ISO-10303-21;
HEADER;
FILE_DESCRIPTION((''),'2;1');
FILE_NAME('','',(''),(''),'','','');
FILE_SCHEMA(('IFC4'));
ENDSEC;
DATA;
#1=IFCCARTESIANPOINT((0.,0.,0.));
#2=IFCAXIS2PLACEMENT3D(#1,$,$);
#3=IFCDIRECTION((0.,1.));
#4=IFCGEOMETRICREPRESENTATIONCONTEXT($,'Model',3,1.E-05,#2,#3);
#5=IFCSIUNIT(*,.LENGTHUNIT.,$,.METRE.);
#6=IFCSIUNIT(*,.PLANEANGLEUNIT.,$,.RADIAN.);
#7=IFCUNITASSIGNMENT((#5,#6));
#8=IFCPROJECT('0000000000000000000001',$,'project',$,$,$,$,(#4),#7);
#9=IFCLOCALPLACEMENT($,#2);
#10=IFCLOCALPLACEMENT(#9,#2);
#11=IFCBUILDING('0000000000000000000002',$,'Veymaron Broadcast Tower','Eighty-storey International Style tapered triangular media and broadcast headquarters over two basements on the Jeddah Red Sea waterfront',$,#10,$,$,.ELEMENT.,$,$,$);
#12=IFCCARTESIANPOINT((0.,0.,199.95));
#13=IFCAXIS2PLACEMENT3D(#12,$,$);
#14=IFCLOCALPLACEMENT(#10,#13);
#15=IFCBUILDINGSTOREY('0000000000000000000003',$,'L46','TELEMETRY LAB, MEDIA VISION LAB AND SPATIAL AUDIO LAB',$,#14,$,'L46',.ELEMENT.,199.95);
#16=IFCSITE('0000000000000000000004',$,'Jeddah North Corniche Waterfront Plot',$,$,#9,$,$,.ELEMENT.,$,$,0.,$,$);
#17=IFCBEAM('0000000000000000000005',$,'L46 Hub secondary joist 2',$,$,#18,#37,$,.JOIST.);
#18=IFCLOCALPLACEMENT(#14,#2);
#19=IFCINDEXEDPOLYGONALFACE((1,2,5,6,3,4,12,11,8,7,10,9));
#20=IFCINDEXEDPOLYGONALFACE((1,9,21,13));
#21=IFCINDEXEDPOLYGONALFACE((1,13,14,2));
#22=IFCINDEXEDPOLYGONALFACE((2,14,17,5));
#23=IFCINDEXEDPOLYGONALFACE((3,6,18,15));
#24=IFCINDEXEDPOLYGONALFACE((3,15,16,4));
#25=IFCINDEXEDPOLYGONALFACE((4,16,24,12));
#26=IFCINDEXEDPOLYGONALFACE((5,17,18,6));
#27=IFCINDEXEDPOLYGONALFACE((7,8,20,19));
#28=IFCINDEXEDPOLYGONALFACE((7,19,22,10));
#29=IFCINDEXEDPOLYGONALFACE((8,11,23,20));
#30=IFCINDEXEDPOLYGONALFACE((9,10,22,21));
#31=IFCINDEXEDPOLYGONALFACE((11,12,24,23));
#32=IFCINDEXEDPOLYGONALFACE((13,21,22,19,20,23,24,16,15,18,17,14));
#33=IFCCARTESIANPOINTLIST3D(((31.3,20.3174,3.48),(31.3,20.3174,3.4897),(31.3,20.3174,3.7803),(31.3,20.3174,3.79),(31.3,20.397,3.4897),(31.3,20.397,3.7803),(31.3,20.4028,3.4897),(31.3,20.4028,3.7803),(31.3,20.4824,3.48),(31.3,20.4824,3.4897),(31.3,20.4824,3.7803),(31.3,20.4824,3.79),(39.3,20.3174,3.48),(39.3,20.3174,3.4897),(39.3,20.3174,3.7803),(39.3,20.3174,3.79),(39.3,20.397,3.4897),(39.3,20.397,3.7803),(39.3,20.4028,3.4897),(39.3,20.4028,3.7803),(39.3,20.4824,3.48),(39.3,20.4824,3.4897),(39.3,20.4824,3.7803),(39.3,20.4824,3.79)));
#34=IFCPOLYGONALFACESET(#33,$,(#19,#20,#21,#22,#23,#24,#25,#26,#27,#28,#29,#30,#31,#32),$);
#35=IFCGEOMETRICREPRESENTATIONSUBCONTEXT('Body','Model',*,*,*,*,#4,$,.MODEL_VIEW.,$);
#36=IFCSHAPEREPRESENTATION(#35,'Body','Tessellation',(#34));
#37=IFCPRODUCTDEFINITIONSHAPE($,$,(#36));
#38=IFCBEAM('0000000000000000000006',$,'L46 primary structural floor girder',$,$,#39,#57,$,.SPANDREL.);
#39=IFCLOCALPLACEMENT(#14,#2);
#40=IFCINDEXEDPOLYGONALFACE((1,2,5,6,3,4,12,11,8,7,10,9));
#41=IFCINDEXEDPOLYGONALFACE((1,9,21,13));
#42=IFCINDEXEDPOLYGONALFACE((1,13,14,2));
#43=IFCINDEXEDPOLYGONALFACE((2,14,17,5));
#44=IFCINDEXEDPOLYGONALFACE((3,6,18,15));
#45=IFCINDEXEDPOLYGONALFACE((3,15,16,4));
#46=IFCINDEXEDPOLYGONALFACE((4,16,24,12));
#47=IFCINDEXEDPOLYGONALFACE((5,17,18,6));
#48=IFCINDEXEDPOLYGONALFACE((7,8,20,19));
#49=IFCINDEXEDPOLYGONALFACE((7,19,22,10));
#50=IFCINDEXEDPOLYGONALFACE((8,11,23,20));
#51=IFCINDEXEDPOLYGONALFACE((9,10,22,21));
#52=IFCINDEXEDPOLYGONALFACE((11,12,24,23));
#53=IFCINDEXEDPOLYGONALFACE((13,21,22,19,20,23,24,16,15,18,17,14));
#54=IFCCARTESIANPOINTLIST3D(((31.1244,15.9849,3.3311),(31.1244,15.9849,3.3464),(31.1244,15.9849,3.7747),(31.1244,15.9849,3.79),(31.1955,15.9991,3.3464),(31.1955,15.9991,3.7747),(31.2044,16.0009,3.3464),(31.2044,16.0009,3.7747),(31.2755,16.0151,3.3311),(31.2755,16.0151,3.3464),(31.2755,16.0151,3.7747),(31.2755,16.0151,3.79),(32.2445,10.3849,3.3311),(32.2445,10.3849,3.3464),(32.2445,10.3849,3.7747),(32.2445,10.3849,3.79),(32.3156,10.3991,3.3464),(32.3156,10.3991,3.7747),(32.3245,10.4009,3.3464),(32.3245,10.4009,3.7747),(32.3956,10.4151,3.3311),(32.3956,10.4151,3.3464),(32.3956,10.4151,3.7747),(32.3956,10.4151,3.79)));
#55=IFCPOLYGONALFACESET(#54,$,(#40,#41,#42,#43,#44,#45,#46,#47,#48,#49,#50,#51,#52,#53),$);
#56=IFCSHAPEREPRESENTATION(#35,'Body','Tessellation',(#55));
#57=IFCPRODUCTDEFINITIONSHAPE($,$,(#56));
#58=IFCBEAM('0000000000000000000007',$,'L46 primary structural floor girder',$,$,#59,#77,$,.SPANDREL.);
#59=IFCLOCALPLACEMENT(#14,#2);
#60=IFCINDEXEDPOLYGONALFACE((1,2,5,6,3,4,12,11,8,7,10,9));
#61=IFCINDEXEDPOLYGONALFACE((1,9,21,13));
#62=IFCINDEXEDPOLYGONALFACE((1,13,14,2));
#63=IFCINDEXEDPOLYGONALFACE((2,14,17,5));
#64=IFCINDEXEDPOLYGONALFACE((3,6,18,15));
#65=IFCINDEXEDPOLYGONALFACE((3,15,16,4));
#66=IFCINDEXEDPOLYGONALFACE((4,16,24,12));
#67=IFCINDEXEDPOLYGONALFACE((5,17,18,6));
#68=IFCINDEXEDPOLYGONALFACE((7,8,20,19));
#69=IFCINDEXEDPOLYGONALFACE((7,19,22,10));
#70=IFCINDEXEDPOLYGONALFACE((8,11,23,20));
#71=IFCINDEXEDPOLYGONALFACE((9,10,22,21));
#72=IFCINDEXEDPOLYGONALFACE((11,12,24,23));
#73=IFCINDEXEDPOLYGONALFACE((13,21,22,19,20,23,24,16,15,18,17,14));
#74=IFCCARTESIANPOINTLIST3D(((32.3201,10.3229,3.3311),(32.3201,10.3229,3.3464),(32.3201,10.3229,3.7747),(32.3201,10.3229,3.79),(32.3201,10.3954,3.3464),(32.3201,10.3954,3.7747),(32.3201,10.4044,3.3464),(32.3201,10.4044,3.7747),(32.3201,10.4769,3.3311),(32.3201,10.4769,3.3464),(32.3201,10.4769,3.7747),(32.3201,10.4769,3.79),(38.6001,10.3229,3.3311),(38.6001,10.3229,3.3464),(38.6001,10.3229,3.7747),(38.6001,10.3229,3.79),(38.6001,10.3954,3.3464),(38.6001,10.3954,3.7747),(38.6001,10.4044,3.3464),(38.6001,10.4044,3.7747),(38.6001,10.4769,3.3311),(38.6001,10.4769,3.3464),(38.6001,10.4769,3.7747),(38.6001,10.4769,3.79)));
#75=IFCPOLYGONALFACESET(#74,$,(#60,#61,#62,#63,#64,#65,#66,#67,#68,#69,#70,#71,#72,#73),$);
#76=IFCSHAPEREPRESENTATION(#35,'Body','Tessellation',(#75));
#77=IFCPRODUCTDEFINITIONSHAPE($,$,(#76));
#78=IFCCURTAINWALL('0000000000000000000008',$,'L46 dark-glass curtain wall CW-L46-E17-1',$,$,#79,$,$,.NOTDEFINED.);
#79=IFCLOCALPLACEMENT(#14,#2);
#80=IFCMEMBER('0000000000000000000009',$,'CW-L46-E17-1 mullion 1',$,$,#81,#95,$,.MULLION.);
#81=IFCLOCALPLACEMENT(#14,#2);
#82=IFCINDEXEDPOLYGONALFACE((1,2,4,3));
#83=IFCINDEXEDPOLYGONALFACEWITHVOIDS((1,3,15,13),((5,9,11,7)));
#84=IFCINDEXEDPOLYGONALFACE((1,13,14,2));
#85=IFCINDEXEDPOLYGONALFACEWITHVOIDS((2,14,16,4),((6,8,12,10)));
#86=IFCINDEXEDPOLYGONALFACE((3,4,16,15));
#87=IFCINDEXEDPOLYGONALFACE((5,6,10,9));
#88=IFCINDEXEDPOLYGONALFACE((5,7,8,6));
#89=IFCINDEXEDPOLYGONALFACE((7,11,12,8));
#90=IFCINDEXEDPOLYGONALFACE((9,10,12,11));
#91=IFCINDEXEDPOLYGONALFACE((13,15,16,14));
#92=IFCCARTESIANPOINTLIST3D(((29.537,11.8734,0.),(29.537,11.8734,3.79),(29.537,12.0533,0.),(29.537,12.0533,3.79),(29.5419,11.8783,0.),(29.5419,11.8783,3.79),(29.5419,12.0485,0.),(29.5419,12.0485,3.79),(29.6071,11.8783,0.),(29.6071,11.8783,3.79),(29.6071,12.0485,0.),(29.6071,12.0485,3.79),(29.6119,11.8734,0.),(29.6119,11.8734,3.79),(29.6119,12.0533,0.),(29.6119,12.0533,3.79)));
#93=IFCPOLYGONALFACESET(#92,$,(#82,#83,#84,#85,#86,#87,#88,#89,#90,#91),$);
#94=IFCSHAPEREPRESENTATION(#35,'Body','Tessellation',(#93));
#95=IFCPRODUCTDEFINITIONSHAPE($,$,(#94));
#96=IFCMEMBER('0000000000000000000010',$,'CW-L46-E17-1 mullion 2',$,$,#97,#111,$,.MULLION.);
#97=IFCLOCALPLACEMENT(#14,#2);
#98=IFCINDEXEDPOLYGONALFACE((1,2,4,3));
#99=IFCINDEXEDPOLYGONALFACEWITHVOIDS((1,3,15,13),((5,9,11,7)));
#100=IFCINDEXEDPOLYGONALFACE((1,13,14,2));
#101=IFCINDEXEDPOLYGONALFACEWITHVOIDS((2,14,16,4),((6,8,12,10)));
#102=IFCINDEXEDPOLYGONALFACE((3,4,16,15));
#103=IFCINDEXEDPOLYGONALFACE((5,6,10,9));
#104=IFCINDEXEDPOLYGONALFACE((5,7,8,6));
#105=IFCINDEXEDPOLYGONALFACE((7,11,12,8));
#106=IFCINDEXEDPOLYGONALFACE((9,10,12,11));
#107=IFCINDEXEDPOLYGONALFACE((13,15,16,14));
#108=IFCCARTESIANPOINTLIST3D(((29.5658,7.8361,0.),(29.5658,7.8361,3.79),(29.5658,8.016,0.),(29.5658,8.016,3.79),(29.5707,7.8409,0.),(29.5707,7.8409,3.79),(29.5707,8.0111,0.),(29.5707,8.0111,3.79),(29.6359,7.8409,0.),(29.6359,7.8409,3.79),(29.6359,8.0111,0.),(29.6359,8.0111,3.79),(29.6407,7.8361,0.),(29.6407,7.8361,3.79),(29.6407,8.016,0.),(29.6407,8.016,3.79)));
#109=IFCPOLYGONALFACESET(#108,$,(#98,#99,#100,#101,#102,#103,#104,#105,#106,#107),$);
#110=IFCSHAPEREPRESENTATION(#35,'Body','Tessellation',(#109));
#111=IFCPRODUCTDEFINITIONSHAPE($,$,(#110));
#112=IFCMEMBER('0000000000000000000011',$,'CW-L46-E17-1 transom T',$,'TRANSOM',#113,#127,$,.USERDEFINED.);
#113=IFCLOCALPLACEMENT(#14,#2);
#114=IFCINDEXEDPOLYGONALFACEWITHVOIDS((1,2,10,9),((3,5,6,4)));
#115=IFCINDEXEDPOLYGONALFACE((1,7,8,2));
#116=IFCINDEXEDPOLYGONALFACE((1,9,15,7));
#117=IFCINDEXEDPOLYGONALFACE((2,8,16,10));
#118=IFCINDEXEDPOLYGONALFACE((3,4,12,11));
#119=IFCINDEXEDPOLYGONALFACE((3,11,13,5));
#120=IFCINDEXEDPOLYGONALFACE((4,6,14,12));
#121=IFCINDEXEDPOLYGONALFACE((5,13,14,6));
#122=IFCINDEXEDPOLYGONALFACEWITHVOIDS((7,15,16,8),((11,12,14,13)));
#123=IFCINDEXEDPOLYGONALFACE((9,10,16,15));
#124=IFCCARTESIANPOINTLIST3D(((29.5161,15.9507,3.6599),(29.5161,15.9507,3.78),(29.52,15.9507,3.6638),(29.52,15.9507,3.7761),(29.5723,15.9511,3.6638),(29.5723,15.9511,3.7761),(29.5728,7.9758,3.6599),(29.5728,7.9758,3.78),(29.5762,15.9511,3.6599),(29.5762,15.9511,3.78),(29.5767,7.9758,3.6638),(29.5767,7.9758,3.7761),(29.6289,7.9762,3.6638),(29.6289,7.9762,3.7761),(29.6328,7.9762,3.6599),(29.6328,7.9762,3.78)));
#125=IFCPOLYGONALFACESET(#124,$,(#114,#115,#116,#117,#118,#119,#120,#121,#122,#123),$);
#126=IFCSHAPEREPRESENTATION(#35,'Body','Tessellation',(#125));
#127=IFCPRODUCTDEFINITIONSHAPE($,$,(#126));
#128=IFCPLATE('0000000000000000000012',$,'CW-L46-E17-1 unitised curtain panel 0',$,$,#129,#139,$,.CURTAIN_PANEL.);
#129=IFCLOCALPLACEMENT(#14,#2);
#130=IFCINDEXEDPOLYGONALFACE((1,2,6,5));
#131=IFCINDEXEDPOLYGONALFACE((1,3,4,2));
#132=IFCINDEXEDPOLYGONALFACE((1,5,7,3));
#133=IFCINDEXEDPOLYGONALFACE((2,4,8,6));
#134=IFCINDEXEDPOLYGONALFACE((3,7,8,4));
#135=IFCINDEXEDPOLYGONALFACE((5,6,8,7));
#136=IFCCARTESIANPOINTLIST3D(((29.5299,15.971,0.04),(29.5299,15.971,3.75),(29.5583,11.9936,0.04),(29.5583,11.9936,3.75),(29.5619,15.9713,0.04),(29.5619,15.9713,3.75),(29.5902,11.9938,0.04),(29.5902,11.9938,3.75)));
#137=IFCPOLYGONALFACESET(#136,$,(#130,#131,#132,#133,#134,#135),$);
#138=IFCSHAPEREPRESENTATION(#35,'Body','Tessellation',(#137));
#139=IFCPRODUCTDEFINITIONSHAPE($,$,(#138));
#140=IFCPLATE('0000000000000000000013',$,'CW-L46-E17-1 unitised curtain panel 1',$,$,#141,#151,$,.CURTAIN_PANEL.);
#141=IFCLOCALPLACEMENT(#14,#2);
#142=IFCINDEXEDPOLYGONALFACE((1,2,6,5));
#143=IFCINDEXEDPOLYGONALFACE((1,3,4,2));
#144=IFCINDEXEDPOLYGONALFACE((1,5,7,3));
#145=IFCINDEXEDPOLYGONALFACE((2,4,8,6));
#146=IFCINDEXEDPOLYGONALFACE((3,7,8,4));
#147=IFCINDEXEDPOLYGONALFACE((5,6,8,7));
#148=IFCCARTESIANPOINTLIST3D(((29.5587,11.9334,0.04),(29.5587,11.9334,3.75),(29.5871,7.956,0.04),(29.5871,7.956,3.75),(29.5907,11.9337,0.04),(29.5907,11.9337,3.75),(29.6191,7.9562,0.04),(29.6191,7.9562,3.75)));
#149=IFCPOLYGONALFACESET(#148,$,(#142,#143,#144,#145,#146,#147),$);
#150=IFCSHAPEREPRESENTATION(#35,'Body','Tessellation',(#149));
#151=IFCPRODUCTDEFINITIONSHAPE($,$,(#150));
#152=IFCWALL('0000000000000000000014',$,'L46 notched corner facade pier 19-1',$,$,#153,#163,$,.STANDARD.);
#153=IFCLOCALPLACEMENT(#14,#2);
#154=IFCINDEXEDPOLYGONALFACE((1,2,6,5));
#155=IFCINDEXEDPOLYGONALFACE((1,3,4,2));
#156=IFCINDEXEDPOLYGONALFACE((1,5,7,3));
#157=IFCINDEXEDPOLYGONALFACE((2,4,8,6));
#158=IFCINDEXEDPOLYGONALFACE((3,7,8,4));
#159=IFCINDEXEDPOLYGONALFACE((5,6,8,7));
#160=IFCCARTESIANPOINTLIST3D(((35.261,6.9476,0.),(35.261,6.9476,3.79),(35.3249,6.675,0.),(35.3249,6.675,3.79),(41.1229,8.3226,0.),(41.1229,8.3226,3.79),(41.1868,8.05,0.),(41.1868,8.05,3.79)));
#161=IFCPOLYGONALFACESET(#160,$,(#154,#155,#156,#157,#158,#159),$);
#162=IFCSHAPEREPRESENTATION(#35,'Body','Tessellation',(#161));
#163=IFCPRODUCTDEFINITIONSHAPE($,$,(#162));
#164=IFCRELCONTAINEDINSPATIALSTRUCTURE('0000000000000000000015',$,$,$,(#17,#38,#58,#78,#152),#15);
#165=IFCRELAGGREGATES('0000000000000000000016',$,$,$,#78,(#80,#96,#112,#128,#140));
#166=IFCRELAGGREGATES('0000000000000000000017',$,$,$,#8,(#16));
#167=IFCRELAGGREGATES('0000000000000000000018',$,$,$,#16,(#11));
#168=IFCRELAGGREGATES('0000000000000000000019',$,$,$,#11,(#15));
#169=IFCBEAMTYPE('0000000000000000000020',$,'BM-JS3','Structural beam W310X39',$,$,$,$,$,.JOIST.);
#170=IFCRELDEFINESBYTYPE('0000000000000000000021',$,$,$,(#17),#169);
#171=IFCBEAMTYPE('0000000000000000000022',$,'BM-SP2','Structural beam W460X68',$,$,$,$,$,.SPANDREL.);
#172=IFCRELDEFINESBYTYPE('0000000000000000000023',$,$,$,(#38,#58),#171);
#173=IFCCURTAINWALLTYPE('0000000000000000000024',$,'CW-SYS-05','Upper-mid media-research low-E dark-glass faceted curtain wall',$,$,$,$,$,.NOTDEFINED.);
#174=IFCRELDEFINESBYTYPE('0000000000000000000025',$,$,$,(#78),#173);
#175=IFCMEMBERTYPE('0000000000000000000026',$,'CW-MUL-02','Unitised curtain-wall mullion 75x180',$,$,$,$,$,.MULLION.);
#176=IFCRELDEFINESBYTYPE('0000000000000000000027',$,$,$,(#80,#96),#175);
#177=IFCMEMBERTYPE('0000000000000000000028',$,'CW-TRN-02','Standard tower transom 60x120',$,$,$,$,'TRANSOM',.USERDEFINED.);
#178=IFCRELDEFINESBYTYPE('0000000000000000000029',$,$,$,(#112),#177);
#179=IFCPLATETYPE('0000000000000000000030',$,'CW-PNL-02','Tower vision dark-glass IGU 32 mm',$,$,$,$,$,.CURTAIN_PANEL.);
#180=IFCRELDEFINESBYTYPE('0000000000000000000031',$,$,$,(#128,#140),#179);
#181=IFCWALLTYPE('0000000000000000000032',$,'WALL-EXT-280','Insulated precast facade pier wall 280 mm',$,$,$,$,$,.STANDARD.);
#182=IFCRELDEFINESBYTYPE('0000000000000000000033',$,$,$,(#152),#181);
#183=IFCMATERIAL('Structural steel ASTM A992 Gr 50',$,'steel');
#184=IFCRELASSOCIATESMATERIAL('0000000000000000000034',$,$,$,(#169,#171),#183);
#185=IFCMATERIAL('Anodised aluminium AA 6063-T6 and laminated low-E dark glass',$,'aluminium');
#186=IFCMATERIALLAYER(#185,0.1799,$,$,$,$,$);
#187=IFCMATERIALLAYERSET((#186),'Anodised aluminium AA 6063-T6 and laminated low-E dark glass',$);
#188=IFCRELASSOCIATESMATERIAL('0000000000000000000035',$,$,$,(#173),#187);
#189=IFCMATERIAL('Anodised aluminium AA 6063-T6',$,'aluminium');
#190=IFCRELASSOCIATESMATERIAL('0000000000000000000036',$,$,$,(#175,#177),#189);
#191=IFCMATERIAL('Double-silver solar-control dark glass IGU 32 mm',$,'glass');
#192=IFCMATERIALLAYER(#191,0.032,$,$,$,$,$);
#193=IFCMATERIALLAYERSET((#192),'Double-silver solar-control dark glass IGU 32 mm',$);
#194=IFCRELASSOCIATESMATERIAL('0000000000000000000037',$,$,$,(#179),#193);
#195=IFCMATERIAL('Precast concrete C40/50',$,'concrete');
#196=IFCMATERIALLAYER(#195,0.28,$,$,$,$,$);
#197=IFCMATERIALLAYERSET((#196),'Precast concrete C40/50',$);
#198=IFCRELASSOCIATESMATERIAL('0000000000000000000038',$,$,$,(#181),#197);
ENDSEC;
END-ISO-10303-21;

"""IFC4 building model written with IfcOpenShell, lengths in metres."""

from ifc_helpers import new_model, si_unit, direction, frame, frame_2d, origin, origin_2d, place, context, subcontext, project, spatial, rectangle, hollow_rectangle, i_section, extrude, material, layer, layer_set, material_profile, profile_set, type_object, element, aggregate, save


model = new_model("IFC4")

# Units and contexts
model_context = context("Model", 3, precision=1e-05, world=origin(), true_north=direction((0.0, 1.0)))
body_context = subcontext(model_context, "Body", "Model", "MODEL_VIEW")
ifc_project = project(units=[si_unit("LENGTHUNIT", "METRE"), si_unit("PLANEANGLEUNIT", "RADIAN")], contexts=[model_context])

# Site, building, storey
site_placement = place(None, origin())
site = spatial("IfcSite", under=ifc_project, at=site_placement, Name="Jeddah North Corniche Waterfront Plot", CompositionType="ELEMENT", RefElevation=0.0)
building_placement = place(site_placement, origin())
building = spatial("IfcBuilding", under=site, at=building_placement, Name="Veymaron Broadcast Tower", Description="Eighty-storey International Style tapered triangular media and broadcast headquarters over two basements on the Jeddah Red Sea waterfront", CompositionType="ELEMENT")
storey_placement = place(building_placement, frame((0.0, 0.0, 199.95)))
storey = spatial("IfcBuildingStorey", under=building, at=storey_placement, Name="L46", Description="TELEMETRY LAB, MEDIA VISION LAB AND SPATIAL AUDIO LAB", LongName="L46", CompositionType="ELEMENT", Elevation=199.95)

# Shared definitions
ifc_material_1 = material(Name="Structural steel ASTM A992 Gr 50", Category="steel")

# Beams
ifc_material_profile_1 = material_profile(ifc_material_1, i_section(OverallWidth=0.165, OverallDepth=0.3101, WebThickness=0.0059, FlangeThickness=0.0098, at=origin_2d()), Name="W310X39")
ifc_profile_set_1 = profile_set([ifc_material_profile_1], Name="Structural steel ASTM A992 Gr 50")
beam_type_1 = type_object("IfcBeamType", Name="BM-JS3", Description="Structural beam W310X39", PredefinedType="JOIST", material=ifc_profile_set_1)
for number, where, z_axis, x_axis, name in (
    (1, (31.3, 20.3999, 3.635), (1.0, 0.0, 0.0), (0.0, 1.0, 0.0), "L46 Hub secondary joist 2"),
):
    element("IfcBeam", number, at=place(storey_placement, frame(where, z_axis=z_axis, x_axis=x_axis)), inside=storey, type_object=beam_type_1, Name=name, PredefinedType="JOIST", context=body_context, shape_type="SweptSolid", body=[
        extrude(i_section(OverallWidth=0.165, OverallDepth=0.3101, WebThickness=0.0059, FlangeThickness=0.0098, at=origin_2d()), origin(), (0.0, 0.0, 1.0), 8.0),
    ])
ifc_material_profile_2 = material_profile(ifc_material_1, i_section(OverallWidth=0.1541, OverallDepth=0.459, WebThickness=0.009, FlangeThickness=0.0154, at=origin_2d()), Name="W460X68")
ifc_profile_set_2 = profile_set([ifc_material_profile_2], Name="Structural steel ASTM A992 Gr 50")
beam_type_2 = type_object("IfcBeamType", Name="BM-SP2", Description="Structural beam W460X68", PredefinedType="SPANDREL", material=ifc_profile_set_2)
beam_1_placement = place(storey_placement, frame((31.2, 16.0, 3.5605), z_axis=(0.196133, -0.980577, 0.0), x_axis=(0.980577, 0.196133, 0.0)))
element("IfcBeam", 2, at=beam_1_placement, inside=storey, type_object=beam_type_2, Name="L46 primary structural floor girder", PredefinedType="SPANDREL", context=body_context, shape_type="SweptSolid", body=[
    extrude(i_section(OverallWidth=0.1541, OverallDepth=0.459, WebThickness=0.009, FlangeThickness=0.0154, at=origin_2d()), origin(), (0.0, 0.0, 1.0), 5.7109),
])
beam_2_placement = place(storey_placement, frame((32.3201, 10.3999, 3.5605), z_axis=(1.0, 0.0, 0.0), x_axis=(0.0, 1.0, 0.0)))
element("IfcBeam", 3, at=beam_2_placement, inside=storey, type_object=beam_type_2, Name="L46 primary structural floor girder", PredefinedType="SPANDREL", context=body_context, shape_type="SweptSolid", body=[
    extrude(i_section(OverallWidth=0.1541, OverallDepth=0.459, WebThickness=0.009, FlangeThickness=0.0154, at=origin_2d()), origin(), (0.0, 0.0, 1.0), 6.28),
])

# Curtain wall, members, plates
ifc_material_2 = material(Name="Anodised aluminium AA 6063-T6 and laminated low-E dark glass", Category="aluminium")
ifc_layer_1 = layer(ifc_material_2, 0.1799)
ifc_layer_set_1 = layer_set([ifc_layer_1], Name="Anodised aluminium AA 6063-T6 and laminated low-E dark glass")
curtain_wall_type = type_object("IfcCurtainWallType", Name="CW-SYS-05", Description="Upper-mid media-research low-E dark-glass faceted curtain wall", PredefinedType="NOTDEFINED", material=ifc_layer_set_1)
curtain_wall_placement = place(storey_placement, origin())
curtain_wall = element("IfcCurtainWall", 4, at=curtain_wall_placement, inside=storey, type_object=curtain_wall_type, Name="L46 dark-glass curtain wall CW-L46-E17-1", PredefinedType="NOTDEFINED")
ifc_material_3 = material(Name="Anodised aluminium AA 6063-T6", Category="aluminium")
ifc_material_profile_3 = material_profile(ifc_material_3, hollow_rectangle(XDim=0.075, YDim=0.1799, WallThickness=0.0049, at=origin_2d()), Name="AL180X75X5")
ifc_profile_set_3 = profile_set([ifc_material_profile_3], Name="Anodised aluminium AA 6063-T6")
member_type_1 = type_object("IfcMemberType", Name="CW-MUL-02", Description="Unitised curtain-wall mullion 75x180", PredefinedType="MULLION", material=ifc_profile_set_3)
member_1_placement = place(storey_placement, frame((29.5745, 11.9634, 0.0), z_axis=(0.0, 0.0, 1.0), x_axis=(1.0, 0.0, 0.0)))
member_1 = element("IfcMember", 5, at=member_1_placement, type_object=member_type_1, Name="CW-L46-E17-1 mullion 1", PredefinedType="MULLION", context=body_context, shape_type="SweptSolid", body=[
    extrude(hollow_rectangle(XDim=0.075, YDim=0.1799, WallThickness=0.0049, at=origin_2d()), origin(), (0.0, 0.0, 1.0), 3.79),
])
member_2_placement = place(storey_placement, frame((29.6033, 7.926, 0.0), z_axis=(0.0, 0.0, 1.0), x_axis=(1.0, 0.0, 0.0)))
member_2 = element("IfcMember", 6, at=member_2_placement, type_object=member_type_1, Name="CW-L46-E17-1 mullion 2", PredefinedType="MULLION", context=body_context, shape_type="SweptSolid", body=[
    extrude(hollow_rectangle(XDim=0.075, YDim=0.1799, WallThickness=0.0049, at=origin_2d()), origin(), (0.0, 0.0, 1.0), 3.79),
])
ifc_material_profile_4 = material_profile(ifc_material_3, hollow_rectangle(XDim=0.0601, YDim=0.1201, WallThickness=0.0039, at=origin_2d()), Name="AL120X60X4")
ifc_profile_set_4 = profile_set([ifc_material_profile_4], Name="Anodised aluminium AA 6063-T6")
member_type_2 = type_object("IfcMemberType", Name="CW-TRN-02", Description="Standard tower transom 60x120", ElementType="TRANSOM", PredefinedType="USERDEFINED", material=ifc_profile_set_4)
member_3_placement = place(storey_placement, frame((29.5461, 15.9509, 3.72), z_axis=(0.007102, -0.999975, 0.0), x_axis=(0.999975, 0.007102, 0.0)))
member_3 = element("IfcMember", 7, at=member_3_placement, type_object=member_type_2, Name="CW-L46-E17-1 transom T", ObjectType="TRANSOM", PredefinedType="USERDEFINED", context=body_context, shape_type="SweptSolid", body=[
    extrude(hollow_rectangle(XDim=0.0601, YDim=0.1201, WallThickness=0.0039, at=origin_2d()), origin(), (0.0, 0.0, 1.0), 7.9751),
])
ifc_material_4 = material(Name="Double-silver solar-control dark glass IGU 32 mm", Category="glass")
ifc_layer_2 = layer(ifc_material_4, 0.032)
ifc_layer_set_2 = layer_set([ifc_layer_2], Name="Double-silver solar-control dark glass IGU 32 mm")
plate_type = type_object("IfcPlateType", Name="CW-PNL-02", Description="Tower vision dark-glass IGU 32 mm", PredefinedType="CURTAIN_PANEL", material=ifc_layer_set_2)
plate_1_placement = place(storey_placement, frame((29.5601, 13.9824, 0.04), z_axis=(0.0, 0.0, 1.0), x_axis=(0.007138, -0.999975, 0.0)))
plate_1 = element("IfcPlate", 8, at=plate_1_placement, type_object=plate_type, Name="CW-L46-E17-1 unitised curtain panel 0", PredefinedType="CURTAIN_PANEL", context=body_context, shape_type="SweptSolid", body=[
    extrude(rectangle(XDim=3.9775, YDim=0.032, at=origin_2d()), origin(), (0.0, 0.0, 1.0), 3.71),
])
plate_2_placement = place(storey_placement, frame((29.5889, 9.9448, 0.04), z_axis=(0.0, 0.0, 1.0), x_axis=(0.007138, -0.999975, 0.0)))
plate_2 = element("IfcPlate", 9, at=plate_2_placement, type_object=plate_type, Name="CW-L46-E17-1 unitised curtain panel 1", PredefinedType="CURTAIN_PANEL", context=body_context, shape_type="SweptSolid", body=[
    extrude(rectangle(XDim=3.9775, YDim=0.032, at=origin_2d()), origin(), (0.0, 0.0, 1.0), 3.71),
])
aggregate(curtain_wall, [member_1, member_2, member_3, plate_1, plate_2])

# Wall
ifc_material_5 = material(Name="Precast concrete C40/50", Category="concrete")
ifc_layer_3 = layer(ifc_material_5, 0.28)
ifc_layer_set_3 = layer_set([ifc_layer_3], Name="Precast concrete C40/50")
wall_type_1 = type_object("IfcWallType", Name="WALL-EXT-280", Description="Insulated precast facade pier wall 280 mm", PredefinedType="STANDARD", material=ifc_layer_set_3)
wall_1_placement = place(storey_placement, frame((35.293, 6.8113, 0.0), z_axis=(0.0, 0.0, 1.0), x_axis=(0.973574, 0.22837, 0.0)))
element("IfcWall", 10, at=wall_1_placement, inside=storey, type_object=wall_type_1, Name="L46 notched corner facade pier 19-1", PredefinedType="STANDARD", context=body_context, shape_type="SweptSolid", body=[
    extrude(rectangle(XDim=6.021, YDim=0.28, at=frame_2d((3.0105, 0.0))), origin(), (0.0, 0.0, 1.0), 3.79),
])

save(model, "model.ifc")
